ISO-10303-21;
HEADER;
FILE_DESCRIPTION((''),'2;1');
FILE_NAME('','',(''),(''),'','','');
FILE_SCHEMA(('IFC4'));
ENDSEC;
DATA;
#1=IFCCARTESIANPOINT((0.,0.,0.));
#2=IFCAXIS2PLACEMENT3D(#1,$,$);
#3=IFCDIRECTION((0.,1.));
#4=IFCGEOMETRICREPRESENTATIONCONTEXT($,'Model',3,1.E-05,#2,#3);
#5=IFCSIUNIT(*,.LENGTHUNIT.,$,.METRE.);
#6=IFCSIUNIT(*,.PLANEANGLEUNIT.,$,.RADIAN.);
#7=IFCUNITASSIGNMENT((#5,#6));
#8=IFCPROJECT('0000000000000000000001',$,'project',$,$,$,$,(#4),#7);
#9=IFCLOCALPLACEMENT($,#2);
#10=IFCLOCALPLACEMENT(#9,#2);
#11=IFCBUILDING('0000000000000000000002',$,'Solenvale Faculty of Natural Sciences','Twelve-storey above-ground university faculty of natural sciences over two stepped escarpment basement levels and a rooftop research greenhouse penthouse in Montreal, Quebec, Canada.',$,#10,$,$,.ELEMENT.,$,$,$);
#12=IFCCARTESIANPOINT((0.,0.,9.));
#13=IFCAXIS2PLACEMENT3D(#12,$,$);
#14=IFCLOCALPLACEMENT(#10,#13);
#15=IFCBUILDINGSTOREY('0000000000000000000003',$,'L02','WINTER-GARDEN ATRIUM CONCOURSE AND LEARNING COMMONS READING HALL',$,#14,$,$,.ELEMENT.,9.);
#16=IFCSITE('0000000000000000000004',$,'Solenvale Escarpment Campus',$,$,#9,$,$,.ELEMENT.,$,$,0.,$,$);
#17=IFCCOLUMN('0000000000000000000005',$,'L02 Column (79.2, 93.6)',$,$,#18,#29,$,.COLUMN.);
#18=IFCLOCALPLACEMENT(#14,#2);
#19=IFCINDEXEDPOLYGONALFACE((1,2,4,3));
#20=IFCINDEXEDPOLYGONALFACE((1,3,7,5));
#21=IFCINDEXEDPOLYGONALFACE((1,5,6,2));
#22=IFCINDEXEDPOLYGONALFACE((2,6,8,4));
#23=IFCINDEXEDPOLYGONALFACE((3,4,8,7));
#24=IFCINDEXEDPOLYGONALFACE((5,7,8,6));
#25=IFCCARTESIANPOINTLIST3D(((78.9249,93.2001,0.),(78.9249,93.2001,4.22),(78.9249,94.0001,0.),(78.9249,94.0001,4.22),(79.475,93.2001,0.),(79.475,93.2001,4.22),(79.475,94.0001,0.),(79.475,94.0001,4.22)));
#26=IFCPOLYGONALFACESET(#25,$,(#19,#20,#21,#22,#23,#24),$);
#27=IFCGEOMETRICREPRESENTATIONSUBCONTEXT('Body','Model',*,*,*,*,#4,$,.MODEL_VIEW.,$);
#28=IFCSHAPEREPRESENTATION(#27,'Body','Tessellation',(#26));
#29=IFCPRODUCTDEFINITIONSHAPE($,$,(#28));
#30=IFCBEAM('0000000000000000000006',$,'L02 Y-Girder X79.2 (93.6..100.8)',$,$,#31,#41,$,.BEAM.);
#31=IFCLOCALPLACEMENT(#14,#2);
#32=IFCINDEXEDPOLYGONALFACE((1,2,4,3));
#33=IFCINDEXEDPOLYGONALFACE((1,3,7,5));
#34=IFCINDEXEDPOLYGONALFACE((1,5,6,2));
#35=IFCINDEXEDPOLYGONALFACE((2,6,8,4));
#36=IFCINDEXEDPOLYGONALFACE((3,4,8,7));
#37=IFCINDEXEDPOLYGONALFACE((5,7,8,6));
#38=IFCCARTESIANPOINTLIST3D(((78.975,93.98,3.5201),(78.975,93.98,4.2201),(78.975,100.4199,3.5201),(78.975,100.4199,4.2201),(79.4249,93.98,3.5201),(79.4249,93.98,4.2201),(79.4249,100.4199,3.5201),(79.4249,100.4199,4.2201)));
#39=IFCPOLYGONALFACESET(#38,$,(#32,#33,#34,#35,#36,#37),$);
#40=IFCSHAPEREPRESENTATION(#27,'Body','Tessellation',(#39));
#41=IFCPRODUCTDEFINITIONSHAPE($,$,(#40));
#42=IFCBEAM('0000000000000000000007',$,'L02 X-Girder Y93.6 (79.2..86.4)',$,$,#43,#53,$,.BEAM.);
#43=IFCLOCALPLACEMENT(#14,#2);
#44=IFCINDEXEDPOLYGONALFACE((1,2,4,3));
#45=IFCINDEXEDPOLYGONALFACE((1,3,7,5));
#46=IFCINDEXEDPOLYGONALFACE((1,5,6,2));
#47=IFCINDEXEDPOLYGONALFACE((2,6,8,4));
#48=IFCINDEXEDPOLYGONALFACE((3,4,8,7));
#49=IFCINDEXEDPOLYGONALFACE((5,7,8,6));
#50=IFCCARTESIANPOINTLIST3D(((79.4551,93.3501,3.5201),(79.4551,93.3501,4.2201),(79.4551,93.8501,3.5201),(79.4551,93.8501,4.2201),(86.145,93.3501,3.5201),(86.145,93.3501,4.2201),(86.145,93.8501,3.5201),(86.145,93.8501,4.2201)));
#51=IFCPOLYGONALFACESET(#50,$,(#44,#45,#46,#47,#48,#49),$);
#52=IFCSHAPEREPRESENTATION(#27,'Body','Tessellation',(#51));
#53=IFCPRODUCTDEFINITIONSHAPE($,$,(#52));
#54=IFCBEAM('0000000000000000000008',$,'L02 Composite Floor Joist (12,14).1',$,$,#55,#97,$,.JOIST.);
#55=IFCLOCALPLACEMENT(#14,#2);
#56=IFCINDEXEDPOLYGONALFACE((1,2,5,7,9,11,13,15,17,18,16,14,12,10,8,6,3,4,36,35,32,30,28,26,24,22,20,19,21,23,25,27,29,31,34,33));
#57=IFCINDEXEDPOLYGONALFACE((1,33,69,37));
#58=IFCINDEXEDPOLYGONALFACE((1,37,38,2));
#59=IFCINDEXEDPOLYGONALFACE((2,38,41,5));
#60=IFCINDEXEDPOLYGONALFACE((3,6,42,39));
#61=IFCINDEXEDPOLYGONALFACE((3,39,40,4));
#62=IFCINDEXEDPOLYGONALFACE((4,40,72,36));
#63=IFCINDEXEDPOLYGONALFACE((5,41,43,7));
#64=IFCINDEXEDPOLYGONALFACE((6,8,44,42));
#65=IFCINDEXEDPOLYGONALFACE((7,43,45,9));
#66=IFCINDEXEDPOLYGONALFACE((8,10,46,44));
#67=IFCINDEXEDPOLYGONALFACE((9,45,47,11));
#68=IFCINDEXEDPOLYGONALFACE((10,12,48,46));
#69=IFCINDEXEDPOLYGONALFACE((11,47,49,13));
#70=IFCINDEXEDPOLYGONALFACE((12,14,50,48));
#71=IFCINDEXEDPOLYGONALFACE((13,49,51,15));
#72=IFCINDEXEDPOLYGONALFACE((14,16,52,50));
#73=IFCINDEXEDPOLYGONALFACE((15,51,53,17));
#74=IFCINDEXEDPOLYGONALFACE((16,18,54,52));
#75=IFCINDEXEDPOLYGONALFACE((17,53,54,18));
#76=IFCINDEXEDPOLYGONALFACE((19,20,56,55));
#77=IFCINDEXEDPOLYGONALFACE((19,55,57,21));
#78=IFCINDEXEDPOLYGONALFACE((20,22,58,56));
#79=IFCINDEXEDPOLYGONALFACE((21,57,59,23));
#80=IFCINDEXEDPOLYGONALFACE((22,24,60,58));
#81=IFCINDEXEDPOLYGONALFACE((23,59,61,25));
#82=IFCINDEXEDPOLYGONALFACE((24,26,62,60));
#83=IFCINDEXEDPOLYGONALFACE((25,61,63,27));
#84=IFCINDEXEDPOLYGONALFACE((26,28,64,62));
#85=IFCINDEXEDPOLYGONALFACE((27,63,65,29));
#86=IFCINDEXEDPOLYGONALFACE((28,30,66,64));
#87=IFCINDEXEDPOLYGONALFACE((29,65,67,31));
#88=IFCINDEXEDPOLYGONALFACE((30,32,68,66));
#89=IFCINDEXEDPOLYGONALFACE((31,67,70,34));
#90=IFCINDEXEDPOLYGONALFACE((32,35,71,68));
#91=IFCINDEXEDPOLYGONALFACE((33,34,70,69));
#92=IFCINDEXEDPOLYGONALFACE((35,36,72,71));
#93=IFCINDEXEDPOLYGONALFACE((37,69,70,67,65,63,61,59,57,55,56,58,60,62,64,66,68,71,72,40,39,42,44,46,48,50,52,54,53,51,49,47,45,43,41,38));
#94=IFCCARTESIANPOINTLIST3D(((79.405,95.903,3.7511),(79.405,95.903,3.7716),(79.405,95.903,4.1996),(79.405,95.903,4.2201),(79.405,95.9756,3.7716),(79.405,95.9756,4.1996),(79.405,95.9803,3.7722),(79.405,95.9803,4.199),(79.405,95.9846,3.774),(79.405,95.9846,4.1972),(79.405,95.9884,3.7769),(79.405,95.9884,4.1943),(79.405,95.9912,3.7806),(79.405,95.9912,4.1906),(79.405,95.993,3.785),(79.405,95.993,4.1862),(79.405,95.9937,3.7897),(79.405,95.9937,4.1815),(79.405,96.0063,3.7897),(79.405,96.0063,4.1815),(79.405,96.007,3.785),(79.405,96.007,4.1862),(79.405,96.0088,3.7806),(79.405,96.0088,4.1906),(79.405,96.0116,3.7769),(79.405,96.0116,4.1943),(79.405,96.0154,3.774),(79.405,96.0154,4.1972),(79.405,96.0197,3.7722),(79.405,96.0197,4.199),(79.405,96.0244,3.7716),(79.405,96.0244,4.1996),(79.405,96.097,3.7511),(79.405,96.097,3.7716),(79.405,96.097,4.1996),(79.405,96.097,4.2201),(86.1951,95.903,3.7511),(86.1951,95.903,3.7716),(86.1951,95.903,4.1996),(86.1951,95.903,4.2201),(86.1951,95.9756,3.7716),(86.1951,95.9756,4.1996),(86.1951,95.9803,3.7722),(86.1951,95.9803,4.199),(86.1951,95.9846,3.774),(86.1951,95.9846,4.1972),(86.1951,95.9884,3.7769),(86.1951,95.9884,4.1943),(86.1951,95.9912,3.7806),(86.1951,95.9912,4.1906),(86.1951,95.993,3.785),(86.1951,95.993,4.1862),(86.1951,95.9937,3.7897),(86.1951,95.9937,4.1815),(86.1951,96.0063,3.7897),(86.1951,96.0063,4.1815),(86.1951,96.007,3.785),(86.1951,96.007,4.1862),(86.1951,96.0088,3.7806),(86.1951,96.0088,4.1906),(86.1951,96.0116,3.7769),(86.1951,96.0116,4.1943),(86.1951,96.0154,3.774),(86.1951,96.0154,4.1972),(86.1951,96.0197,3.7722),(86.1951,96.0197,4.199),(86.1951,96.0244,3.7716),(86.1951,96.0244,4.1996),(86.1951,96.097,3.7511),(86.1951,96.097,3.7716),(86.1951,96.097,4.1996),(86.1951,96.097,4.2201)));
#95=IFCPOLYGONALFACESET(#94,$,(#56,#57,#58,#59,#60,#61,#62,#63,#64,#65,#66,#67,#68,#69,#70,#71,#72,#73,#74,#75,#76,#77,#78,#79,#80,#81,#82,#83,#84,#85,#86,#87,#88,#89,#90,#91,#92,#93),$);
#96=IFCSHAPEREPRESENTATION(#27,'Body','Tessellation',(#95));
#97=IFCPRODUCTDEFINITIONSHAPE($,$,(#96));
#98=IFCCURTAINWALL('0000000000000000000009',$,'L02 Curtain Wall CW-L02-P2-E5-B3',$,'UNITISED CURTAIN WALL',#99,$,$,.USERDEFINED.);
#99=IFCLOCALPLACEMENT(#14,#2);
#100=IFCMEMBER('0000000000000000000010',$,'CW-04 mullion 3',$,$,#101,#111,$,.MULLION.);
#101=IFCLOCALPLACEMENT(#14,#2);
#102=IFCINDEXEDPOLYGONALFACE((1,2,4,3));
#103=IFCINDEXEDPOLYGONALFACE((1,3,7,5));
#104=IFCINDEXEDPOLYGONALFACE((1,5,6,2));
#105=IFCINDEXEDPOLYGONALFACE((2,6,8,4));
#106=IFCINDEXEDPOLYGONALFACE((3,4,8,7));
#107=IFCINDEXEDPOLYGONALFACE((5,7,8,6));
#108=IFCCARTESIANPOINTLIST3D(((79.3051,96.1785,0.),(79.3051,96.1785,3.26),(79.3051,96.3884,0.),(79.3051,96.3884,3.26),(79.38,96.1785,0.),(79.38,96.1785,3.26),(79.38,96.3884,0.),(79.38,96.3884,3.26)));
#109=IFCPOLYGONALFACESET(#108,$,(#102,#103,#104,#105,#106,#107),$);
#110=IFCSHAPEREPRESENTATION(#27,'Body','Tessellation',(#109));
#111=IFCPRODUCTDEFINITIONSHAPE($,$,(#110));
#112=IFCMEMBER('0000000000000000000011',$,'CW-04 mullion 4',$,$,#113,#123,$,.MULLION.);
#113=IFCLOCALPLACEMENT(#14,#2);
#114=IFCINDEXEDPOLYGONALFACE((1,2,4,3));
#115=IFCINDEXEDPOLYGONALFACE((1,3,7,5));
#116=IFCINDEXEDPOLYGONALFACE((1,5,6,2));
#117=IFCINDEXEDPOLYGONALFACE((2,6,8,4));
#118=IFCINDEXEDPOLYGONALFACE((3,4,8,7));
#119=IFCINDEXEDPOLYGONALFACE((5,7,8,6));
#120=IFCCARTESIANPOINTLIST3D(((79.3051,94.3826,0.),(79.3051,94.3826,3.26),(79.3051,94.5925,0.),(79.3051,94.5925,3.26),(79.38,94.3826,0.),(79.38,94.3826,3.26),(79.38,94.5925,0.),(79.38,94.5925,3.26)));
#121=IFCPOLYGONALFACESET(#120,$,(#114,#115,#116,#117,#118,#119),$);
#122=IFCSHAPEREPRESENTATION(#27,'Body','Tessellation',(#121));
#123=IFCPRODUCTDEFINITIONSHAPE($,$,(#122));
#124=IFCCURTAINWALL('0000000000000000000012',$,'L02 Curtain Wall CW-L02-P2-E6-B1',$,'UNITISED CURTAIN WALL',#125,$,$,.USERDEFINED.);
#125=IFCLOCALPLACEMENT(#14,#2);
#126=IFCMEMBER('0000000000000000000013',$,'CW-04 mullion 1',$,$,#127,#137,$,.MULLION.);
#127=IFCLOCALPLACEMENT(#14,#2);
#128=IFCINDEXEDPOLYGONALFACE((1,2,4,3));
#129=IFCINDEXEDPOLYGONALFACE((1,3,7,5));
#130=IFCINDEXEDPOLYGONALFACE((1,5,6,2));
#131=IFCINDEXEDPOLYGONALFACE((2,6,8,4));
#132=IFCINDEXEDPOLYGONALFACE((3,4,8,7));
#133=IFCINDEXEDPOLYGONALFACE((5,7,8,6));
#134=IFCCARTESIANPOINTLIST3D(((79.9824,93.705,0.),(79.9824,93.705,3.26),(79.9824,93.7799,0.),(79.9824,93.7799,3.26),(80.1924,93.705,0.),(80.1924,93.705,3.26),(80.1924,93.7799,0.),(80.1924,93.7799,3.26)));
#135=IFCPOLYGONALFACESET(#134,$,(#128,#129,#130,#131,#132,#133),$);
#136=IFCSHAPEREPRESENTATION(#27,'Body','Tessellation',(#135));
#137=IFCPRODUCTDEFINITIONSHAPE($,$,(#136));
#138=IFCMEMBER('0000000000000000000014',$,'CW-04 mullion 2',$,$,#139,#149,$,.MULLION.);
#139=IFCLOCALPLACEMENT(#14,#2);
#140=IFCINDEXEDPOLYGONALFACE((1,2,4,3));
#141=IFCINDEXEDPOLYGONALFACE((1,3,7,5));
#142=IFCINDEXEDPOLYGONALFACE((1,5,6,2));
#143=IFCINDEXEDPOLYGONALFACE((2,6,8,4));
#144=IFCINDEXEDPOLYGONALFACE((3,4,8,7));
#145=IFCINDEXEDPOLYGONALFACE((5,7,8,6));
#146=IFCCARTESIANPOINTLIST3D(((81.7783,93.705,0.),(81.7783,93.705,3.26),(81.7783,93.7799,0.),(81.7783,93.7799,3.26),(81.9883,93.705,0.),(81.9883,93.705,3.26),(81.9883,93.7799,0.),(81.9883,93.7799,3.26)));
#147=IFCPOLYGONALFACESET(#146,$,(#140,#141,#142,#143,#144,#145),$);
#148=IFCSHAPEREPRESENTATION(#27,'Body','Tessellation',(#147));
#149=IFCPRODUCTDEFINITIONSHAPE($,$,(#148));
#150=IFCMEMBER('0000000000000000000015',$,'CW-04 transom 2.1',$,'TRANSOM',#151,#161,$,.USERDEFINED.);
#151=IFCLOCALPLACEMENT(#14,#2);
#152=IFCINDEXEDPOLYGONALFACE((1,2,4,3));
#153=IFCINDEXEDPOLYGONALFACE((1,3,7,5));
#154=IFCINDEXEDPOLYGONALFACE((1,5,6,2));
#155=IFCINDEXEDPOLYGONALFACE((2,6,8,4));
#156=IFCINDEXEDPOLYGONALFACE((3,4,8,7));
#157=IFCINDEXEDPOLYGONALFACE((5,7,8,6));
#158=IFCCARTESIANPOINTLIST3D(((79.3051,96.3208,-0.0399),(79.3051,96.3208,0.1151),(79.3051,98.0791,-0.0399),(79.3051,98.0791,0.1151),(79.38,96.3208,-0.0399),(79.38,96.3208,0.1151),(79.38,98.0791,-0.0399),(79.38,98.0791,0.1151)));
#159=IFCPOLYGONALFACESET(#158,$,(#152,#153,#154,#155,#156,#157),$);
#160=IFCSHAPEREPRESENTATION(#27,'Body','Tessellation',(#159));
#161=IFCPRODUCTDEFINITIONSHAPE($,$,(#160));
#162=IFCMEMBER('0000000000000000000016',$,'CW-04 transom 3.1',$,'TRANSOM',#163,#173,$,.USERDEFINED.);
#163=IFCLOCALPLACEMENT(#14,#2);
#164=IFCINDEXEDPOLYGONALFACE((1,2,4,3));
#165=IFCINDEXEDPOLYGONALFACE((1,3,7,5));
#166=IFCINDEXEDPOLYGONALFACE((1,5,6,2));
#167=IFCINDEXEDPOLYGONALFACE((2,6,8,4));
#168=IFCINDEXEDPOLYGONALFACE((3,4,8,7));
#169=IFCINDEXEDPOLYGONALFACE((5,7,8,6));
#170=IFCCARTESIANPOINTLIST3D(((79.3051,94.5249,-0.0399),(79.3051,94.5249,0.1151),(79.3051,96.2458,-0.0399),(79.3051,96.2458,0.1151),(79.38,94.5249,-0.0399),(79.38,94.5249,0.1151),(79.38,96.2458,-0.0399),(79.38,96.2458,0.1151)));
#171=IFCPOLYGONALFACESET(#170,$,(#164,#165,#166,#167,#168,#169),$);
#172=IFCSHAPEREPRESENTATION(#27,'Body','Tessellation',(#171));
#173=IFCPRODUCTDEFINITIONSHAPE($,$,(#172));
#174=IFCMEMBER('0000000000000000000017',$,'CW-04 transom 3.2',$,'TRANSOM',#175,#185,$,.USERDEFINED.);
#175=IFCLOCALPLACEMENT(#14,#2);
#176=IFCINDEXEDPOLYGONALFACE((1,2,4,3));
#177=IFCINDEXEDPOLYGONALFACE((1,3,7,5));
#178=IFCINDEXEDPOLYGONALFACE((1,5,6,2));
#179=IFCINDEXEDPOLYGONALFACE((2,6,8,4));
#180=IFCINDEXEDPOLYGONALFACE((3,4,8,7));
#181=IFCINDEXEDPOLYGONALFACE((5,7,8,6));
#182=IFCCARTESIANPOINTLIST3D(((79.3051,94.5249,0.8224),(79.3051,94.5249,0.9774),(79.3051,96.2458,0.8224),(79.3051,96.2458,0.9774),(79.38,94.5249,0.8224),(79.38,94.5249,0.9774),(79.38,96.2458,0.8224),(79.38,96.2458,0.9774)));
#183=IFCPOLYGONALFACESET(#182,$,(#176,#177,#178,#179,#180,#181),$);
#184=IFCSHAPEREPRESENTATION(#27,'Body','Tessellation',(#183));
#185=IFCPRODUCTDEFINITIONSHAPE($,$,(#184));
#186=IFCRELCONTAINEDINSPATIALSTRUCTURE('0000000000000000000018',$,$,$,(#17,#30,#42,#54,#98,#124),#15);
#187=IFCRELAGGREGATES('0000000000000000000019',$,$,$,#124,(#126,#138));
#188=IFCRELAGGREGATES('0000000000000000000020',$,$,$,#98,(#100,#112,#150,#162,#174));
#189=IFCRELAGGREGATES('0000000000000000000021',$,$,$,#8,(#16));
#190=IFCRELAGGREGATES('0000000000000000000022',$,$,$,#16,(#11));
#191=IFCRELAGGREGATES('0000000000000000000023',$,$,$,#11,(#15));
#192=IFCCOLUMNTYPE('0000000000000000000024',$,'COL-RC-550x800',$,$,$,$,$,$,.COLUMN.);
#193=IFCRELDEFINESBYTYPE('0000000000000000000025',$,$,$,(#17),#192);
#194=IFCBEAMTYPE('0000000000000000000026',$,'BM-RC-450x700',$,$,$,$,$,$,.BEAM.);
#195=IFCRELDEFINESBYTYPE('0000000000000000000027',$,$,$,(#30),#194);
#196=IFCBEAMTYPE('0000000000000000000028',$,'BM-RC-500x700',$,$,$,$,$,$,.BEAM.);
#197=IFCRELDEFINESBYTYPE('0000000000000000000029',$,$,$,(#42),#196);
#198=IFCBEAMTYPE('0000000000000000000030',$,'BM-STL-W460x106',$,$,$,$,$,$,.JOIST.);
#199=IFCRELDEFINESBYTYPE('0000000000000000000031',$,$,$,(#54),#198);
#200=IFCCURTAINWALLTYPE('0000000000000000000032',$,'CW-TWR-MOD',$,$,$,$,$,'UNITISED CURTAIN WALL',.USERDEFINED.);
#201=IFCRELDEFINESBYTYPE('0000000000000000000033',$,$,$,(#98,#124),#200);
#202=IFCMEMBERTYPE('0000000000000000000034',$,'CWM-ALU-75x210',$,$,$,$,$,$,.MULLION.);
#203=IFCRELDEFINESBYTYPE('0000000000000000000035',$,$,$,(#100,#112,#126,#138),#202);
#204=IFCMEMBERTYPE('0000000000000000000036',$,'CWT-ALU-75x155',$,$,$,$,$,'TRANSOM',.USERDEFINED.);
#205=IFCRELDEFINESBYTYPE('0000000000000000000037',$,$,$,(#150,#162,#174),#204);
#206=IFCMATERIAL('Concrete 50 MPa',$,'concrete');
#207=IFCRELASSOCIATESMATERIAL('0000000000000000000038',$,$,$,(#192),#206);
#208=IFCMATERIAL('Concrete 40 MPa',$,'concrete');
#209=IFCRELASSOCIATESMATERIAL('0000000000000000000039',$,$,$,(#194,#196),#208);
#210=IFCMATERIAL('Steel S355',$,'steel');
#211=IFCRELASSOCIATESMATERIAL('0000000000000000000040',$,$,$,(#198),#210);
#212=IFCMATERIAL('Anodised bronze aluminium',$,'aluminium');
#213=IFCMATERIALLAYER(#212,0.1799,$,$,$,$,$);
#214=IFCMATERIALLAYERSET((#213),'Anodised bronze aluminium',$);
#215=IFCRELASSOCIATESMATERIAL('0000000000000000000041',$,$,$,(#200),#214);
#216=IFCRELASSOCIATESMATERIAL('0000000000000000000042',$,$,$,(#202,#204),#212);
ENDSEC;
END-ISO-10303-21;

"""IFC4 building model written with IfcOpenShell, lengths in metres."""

from ifc_helpers import new_model, si_unit, direction, frame, origin, origin_2d, place, context, subcontext, project, spatial, rectangle, i_section, extrude, material, layer, layer_set, material_profile, profile_set, type_object, element, aggregate, save


model = new_model("IFC4")

# Units and contexts
model_context = context("Model", 3, precision=1e-05, world=origin(), true_north=direction((0.0, 1.0)))
body_context = subcontext(model_context, "Body", "Model", "MODEL_VIEW")
ifc_project = project(units=[si_unit("LENGTHUNIT", "METRE"), si_unit("PLANEANGLEUNIT", "RADIAN")], contexts=[model_context])

# Site, building, storey
site_placement = place(None, origin())
site = spatial("IfcSite", under=ifc_project, at=site_placement, Name="Solenvale Escarpment Campus", CompositionType="ELEMENT", RefElevation=0.0)
building_placement = place(site_placement, origin())
building = spatial("IfcBuilding", under=site, at=building_placement, Name="Solenvale Faculty of Natural Sciences", Description="Twelve-storey above-ground university faculty of natural sciences over two stepped escarpment basement levels and a rooftop research greenhouse penthouse in Montreal, Quebec, Canada.", CompositionType="ELEMENT")
storey_placement = place(building_placement, frame((0.0, 0.0, 9.0)))
storey = spatial("IfcBuildingStorey", under=building, at=storey_placement, Name="L02", Description="WINTER-GARDEN ATRIUM CONCOURSE AND LEARNING COMMONS READING HALL", CompositionType="ELEMENT", Elevation=9.0)

# Column
ifc_material_1 = material(Name="Concrete 50 MPa", Category="concrete")
ifc_material_profile_1 = material_profile(ifc_material_1, rectangle(XDim=0.55, YDim=0.8, at=origin_2d()), Name="RC-COL-550x800")
ifc_profile_set_1 = profile_set([ifc_material_profile_1], Name="Concrete 50 MPa")
column_type = type_object("IfcColumnType", Name="COL-RC-550x800", PredefinedType="COLUMN", material=ifc_profile_set_1)
column_placement = place(storey_placement, frame((79.2, 93.6001, 0.0), z_axis=(0.0, 0.0, 1.0), x_axis=(1.0, 0.0, 0.0)))
element("IfcColumn", 1, at=column_placement, inside=storey, type_object=column_type, Name="L02 Column (79.2, 93.6)", PredefinedType="COLUMN", context=body_context, shape_type="SweptSolid", body=[
    extrude(rectangle(XDim=0.55, YDim=0.8, at=origin_2d()), origin(), (0.0, 0.0, 1.0), 4.22),
])

# Beams
ifc_material_2 = material(Name="Concrete 40 MPa", Category="concrete")
ifc_material_profile_2 = material_profile(ifc_material_2, rectangle(XDim=0.45, YDim=0.7, at=origin_2d()), Name="RC-BM-450x700")
ifc_profile_set_2 = profile_set([ifc_material_profile_2], Name="Concrete 40 MPa")
beam_type_1 = type_object("IfcBeamType", Name="BM-RC-450x700", PredefinedType="BEAM", material=ifc_profile_set_2)
beam_1_placement = place(storey_placement, frame((79.2, 93.98, 3.8701), z_axis=(0.0, 1.0, 0.0), x_axis=(-1.0, 0.0, 0.0)))
element("IfcBeam", 2, at=beam_1_placement, inside=storey, type_object=beam_type_1, Name="L02 Y-Girder X79.2 (93.6..100.8)", PredefinedType="BEAM", context=body_context, shape_type="SweptSolid", body=[
    extrude(rectangle(XDim=0.45, YDim=0.7, at=origin_2d()), origin(), (0.0, 0.0, 1.0), 6.4399),
])
ifc_material_profile_3 = material_profile(ifc_material_2, rectangle(XDim=0.5, YDim=0.7, at=origin_2d()), Name="RC-BM-500x700")
ifc_profile_set_3 = profile_set([ifc_material_profile_3], Name="Concrete 40 MPa")
beam_type_2 = type_object("IfcBeamType", Name="BM-RC-500x700", PredefinedType="BEAM", material=ifc_profile_set_3)
beam_2_placement = place(storey_placement, frame((79.4551, 93.6001, 3.8701), z_axis=(1.0, 0.0, 0.0), x_axis=(0.0, 1.0, 0.0)))
element("IfcBeam", 3, at=beam_2_placement, inside=storey, type_object=beam_type_2, Name="L02 X-Girder Y93.6 (79.2..86.4)", PredefinedType="BEAM", context=body_context, shape_type="SweptSolid", body=[
    extrude(rectangle(XDim=0.5, YDim=0.7, at=origin_2d()), origin(), (0.0, 0.0, 1.0), 6.6899),
])
ifc_material_3 = material(Name="Steel S355", Category="steel")
ifc_material_profile_4 = material_profile(ifc_material_3, i_section(OverallWidth=0.1941, OverallDepth=0.469, WebThickness=0.0127, FlangeThickness=0.0205, FilletRadius=0.0181, at=origin_2d()), Name="W460x106")
ifc_profile_set_4 = profile_set([ifc_material_profile_4], Name="Steel S355")
beam_type_3 = type_object("IfcBeamType", Name="BM-STL-W460x106", PredefinedType="JOIST", material=ifc_profile_set_4)
beam_3_placement = place(storey_placement, frame((79.405, 96.0, 3.9856), z_axis=(1.0, 0.0, 0.0), x_axis=(0.0, 1.0, 0.0)))
element("IfcBeam", 4, at=beam_3_placement, inside=storey, type_object=beam_type_3, Name="L02 Composite Floor Joist (12,14).1", PredefinedType="JOIST", context=body_context, shape_type="SweptSolid", body=[
    extrude(i_section(OverallWidth=0.1941, OverallDepth=0.469, WebThickness=0.0127, FlangeThickness=0.0205, FilletRadius=0.0181, at=origin_2d()), origin(), (0.0, 0.0, 1.0), 6.79),
])

# Curtain walls, members
ifc_material_4 = material(Name="Anodised bronze aluminium", Category="aluminium")
ifc_layer_1 = layer(ifc_material_4, 0.1799)
ifc_layer_set_1 = layer_set([ifc_layer_1], Name="Anodised bronze aluminium")
curtain_wall_type = type_object("IfcCurtainWallType", Name="CW-TWR-MOD", ElementType="UNITISED CURTAIN WALL", PredefinedType="USERDEFINED", material=ifc_layer_set_1)
curtain_wall_1_placement = place(storey_placement, origin())
curtain_wall_1 = element("IfcCurtainWall", 5, at=curtain_wall_1_placement, inside=storey, type_object=curtain_wall_type, Name="L02 Curtain Wall CW-L02-P2-E5-B3", ObjectType="UNITISED CURTAIN WALL", PredefinedType="USERDEFINED")
ifc_material_profile_5 = material_profile(ifc_material_4, rectangle(XDim=0.075, YDim=0.21, at=origin_2d()), Name="ALU-MUL-75x210")
ifc_profile_set_5 = profile_set([ifc_material_profile_5], Name="Anodised bronze aluminium")
member_type_1 = type_object("IfcMemberType", Name="CWM-ALU-75x210", PredefinedType="MULLION", material=ifc_profile_set_5)
member_1_placement = place(storey_placement, frame((79.3425, 96.2834, 0.0), z_axis=(0.0, 0.0, 1.0), x_axis=(1.0, 0.0, 0.0)))
member_1 = element("IfcMember", 6, at=member_1_placement, type_object=member_type_1, Name="CW-04 mullion 3", PredefinedType="MULLION", context=body_context, shape_type="SweptSolid", body=[
    extrude(rectangle(XDim=0.075, YDim=0.21, at=origin_2d()), origin(), (0.0, 0.0, 1.0), 3.26),
])
member_2_placement = place(storey_placement, frame((79.3425, 94.4875, 0.0), z_axis=(0.0, 0.0, 1.0), x_axis=(1.0, 0.0, 0.0)))
member_2 = element("IfcMember", 7, at=member_2_placement, type_object=member_type_1, Name="CW-04 mullion 4", PredefinedType="MULLION", context=body_context, shape_type="SweptSolid", body=[
    extrude(rectangle(XDim=0.075, YDim=0.21, at=origin_2d()), origin(), (0.0, 0.0, 1.0), 3.26),
])
curtain_wall_2_placement = place(storey_placement, origin())
curtain_wall_2 = element("IfcCurtainWall", 8, at=curtain_wall_2_placement, inside=storey, type_object=curtain_wall_type, Name="L02 Curtain Wall CW-L02-P2-E6-B1", ObjectType="UNITISED CURTAIN WALL", PredefinedType="USERDEFINED")
member_3_placement = place(storey_placement, frame((80.0874, 93.7424, 0.0), z_axis=(0.0, 0.0, 1.0), x_axis=(0.0, 1.0, 0.0)))
member_3 = element("IfcMember", 9, at=member_3_placement, type_object=member_type_1, Name="CW-04 mullion 1", PredefinedType="MULLION", context=body_context, shape_type="SweptSolid", body=[
    extrude(rectangle(XDim=0.075, YDim=0.21, at=origin_2d()), origin(), (0.0, 0.0, 1.0), 3.26),
])
member_4_placement = place(storey_placement, frame((81.8833, 93.7424, 0.0), z_axis=(0.0, 0.0, 1.0), x_axis=(0.0, 1.0, 0.0)))
member_4 = element("IfcMember", 10, at=member_4_placement, type_object=member_type_1, Name="CW-04 mullion 2", PredefinedType="MULLION", context=body_context, shape_type="SweptSolid", body=[
    extrude(rectangle(XDim=0.075, YDim=0.21, at=origin_2d()), origin(), (0.0, 0.0, 1.0), 3.26),
])

# Members
ifc_material_profile_6 = material_profile(ifc_material_4, rectangle(XDim=0.075, YDim=0.155, at=origin_2d()), Name="ALU-TRN-75x155")
ifc_profile_set_6 = profile_set([ifc_material_profile_6], Name="Anodised bronze aluminium")
member_type_2 = type_object("IfcMemberType", Name="CWT-ALU-75x155", ElementType="TRANSOM", PredefinedType="USERDEFINED", material=ifc_profile_set_6)
member_5_placement = place(storey_placement, frame((79.3425, 98.0791, 0.0376), z_axis=(0.0, -1.0, 0.0), x_axis=(1.0, 0.0, 0.0)))
member_5 = element("IfcMember", 11, at=member_5_placement, type_object=member_type_2, Name="CW-04 transom 2.1", ObjectType="TRANSOM", PredefinedType="USERDEFINED", context=body_context, shape_type="SweptSolid", body=[
    extrude(rectangle(XDim=0.075, YDim=0.155, at=origin_2d()), origin(), (0.0, 0.0, 1.0), 1.7583),
])
member_6_placement = place(storey_placement, frame((79.3425, 96.2458, 0.0376), z_axis=(0.0, -1.0, 0.0), x_axis=(1.0, 0.0, 0.0)))
member_6 = element("IfcMember", 12, at=member_6_placement, type_object=member_type_2, Name="CW-04 transom 3.1", ObjectType="TRANSOM", PredefinedType="USERDEFINED", context=body_context, shape_type="SweptSolid", body=[
    extrude(rectangle(XDim=0.075, YDim=0.155, at=origin_2d()), origin(), (0.0, 0.0, 1.0), 1.7209),
])
member_7_placement = place(storey_placement, frame((79.3425, 96.2458, 0.8999), z_axis=(0.0, -1.0, 0.0), x_axis=(1.0, 0.0, 0.0)))
member_7 = element("IfcMember", 13, at=member_7_placement, type_object=member_type_2, Name="CW-04 transom 3.2", ObjectType="TRANSOM", PredefinedType="USERDEFINED", context=body_context, shape_type="SweptSolid", body=[
    extrude(rectangle(XDim=0.075, YDim=0.155, at=origin_2d()), origin(), (0.0, 0.0, 1.0), 1.7209),
])

aggregate(curtain_wall_2, [member_3, member_4])
aggregate(curtain_wall_1, [member_1, member_2, member_5, member_6, member_7])

save(model, "model.ifc")
